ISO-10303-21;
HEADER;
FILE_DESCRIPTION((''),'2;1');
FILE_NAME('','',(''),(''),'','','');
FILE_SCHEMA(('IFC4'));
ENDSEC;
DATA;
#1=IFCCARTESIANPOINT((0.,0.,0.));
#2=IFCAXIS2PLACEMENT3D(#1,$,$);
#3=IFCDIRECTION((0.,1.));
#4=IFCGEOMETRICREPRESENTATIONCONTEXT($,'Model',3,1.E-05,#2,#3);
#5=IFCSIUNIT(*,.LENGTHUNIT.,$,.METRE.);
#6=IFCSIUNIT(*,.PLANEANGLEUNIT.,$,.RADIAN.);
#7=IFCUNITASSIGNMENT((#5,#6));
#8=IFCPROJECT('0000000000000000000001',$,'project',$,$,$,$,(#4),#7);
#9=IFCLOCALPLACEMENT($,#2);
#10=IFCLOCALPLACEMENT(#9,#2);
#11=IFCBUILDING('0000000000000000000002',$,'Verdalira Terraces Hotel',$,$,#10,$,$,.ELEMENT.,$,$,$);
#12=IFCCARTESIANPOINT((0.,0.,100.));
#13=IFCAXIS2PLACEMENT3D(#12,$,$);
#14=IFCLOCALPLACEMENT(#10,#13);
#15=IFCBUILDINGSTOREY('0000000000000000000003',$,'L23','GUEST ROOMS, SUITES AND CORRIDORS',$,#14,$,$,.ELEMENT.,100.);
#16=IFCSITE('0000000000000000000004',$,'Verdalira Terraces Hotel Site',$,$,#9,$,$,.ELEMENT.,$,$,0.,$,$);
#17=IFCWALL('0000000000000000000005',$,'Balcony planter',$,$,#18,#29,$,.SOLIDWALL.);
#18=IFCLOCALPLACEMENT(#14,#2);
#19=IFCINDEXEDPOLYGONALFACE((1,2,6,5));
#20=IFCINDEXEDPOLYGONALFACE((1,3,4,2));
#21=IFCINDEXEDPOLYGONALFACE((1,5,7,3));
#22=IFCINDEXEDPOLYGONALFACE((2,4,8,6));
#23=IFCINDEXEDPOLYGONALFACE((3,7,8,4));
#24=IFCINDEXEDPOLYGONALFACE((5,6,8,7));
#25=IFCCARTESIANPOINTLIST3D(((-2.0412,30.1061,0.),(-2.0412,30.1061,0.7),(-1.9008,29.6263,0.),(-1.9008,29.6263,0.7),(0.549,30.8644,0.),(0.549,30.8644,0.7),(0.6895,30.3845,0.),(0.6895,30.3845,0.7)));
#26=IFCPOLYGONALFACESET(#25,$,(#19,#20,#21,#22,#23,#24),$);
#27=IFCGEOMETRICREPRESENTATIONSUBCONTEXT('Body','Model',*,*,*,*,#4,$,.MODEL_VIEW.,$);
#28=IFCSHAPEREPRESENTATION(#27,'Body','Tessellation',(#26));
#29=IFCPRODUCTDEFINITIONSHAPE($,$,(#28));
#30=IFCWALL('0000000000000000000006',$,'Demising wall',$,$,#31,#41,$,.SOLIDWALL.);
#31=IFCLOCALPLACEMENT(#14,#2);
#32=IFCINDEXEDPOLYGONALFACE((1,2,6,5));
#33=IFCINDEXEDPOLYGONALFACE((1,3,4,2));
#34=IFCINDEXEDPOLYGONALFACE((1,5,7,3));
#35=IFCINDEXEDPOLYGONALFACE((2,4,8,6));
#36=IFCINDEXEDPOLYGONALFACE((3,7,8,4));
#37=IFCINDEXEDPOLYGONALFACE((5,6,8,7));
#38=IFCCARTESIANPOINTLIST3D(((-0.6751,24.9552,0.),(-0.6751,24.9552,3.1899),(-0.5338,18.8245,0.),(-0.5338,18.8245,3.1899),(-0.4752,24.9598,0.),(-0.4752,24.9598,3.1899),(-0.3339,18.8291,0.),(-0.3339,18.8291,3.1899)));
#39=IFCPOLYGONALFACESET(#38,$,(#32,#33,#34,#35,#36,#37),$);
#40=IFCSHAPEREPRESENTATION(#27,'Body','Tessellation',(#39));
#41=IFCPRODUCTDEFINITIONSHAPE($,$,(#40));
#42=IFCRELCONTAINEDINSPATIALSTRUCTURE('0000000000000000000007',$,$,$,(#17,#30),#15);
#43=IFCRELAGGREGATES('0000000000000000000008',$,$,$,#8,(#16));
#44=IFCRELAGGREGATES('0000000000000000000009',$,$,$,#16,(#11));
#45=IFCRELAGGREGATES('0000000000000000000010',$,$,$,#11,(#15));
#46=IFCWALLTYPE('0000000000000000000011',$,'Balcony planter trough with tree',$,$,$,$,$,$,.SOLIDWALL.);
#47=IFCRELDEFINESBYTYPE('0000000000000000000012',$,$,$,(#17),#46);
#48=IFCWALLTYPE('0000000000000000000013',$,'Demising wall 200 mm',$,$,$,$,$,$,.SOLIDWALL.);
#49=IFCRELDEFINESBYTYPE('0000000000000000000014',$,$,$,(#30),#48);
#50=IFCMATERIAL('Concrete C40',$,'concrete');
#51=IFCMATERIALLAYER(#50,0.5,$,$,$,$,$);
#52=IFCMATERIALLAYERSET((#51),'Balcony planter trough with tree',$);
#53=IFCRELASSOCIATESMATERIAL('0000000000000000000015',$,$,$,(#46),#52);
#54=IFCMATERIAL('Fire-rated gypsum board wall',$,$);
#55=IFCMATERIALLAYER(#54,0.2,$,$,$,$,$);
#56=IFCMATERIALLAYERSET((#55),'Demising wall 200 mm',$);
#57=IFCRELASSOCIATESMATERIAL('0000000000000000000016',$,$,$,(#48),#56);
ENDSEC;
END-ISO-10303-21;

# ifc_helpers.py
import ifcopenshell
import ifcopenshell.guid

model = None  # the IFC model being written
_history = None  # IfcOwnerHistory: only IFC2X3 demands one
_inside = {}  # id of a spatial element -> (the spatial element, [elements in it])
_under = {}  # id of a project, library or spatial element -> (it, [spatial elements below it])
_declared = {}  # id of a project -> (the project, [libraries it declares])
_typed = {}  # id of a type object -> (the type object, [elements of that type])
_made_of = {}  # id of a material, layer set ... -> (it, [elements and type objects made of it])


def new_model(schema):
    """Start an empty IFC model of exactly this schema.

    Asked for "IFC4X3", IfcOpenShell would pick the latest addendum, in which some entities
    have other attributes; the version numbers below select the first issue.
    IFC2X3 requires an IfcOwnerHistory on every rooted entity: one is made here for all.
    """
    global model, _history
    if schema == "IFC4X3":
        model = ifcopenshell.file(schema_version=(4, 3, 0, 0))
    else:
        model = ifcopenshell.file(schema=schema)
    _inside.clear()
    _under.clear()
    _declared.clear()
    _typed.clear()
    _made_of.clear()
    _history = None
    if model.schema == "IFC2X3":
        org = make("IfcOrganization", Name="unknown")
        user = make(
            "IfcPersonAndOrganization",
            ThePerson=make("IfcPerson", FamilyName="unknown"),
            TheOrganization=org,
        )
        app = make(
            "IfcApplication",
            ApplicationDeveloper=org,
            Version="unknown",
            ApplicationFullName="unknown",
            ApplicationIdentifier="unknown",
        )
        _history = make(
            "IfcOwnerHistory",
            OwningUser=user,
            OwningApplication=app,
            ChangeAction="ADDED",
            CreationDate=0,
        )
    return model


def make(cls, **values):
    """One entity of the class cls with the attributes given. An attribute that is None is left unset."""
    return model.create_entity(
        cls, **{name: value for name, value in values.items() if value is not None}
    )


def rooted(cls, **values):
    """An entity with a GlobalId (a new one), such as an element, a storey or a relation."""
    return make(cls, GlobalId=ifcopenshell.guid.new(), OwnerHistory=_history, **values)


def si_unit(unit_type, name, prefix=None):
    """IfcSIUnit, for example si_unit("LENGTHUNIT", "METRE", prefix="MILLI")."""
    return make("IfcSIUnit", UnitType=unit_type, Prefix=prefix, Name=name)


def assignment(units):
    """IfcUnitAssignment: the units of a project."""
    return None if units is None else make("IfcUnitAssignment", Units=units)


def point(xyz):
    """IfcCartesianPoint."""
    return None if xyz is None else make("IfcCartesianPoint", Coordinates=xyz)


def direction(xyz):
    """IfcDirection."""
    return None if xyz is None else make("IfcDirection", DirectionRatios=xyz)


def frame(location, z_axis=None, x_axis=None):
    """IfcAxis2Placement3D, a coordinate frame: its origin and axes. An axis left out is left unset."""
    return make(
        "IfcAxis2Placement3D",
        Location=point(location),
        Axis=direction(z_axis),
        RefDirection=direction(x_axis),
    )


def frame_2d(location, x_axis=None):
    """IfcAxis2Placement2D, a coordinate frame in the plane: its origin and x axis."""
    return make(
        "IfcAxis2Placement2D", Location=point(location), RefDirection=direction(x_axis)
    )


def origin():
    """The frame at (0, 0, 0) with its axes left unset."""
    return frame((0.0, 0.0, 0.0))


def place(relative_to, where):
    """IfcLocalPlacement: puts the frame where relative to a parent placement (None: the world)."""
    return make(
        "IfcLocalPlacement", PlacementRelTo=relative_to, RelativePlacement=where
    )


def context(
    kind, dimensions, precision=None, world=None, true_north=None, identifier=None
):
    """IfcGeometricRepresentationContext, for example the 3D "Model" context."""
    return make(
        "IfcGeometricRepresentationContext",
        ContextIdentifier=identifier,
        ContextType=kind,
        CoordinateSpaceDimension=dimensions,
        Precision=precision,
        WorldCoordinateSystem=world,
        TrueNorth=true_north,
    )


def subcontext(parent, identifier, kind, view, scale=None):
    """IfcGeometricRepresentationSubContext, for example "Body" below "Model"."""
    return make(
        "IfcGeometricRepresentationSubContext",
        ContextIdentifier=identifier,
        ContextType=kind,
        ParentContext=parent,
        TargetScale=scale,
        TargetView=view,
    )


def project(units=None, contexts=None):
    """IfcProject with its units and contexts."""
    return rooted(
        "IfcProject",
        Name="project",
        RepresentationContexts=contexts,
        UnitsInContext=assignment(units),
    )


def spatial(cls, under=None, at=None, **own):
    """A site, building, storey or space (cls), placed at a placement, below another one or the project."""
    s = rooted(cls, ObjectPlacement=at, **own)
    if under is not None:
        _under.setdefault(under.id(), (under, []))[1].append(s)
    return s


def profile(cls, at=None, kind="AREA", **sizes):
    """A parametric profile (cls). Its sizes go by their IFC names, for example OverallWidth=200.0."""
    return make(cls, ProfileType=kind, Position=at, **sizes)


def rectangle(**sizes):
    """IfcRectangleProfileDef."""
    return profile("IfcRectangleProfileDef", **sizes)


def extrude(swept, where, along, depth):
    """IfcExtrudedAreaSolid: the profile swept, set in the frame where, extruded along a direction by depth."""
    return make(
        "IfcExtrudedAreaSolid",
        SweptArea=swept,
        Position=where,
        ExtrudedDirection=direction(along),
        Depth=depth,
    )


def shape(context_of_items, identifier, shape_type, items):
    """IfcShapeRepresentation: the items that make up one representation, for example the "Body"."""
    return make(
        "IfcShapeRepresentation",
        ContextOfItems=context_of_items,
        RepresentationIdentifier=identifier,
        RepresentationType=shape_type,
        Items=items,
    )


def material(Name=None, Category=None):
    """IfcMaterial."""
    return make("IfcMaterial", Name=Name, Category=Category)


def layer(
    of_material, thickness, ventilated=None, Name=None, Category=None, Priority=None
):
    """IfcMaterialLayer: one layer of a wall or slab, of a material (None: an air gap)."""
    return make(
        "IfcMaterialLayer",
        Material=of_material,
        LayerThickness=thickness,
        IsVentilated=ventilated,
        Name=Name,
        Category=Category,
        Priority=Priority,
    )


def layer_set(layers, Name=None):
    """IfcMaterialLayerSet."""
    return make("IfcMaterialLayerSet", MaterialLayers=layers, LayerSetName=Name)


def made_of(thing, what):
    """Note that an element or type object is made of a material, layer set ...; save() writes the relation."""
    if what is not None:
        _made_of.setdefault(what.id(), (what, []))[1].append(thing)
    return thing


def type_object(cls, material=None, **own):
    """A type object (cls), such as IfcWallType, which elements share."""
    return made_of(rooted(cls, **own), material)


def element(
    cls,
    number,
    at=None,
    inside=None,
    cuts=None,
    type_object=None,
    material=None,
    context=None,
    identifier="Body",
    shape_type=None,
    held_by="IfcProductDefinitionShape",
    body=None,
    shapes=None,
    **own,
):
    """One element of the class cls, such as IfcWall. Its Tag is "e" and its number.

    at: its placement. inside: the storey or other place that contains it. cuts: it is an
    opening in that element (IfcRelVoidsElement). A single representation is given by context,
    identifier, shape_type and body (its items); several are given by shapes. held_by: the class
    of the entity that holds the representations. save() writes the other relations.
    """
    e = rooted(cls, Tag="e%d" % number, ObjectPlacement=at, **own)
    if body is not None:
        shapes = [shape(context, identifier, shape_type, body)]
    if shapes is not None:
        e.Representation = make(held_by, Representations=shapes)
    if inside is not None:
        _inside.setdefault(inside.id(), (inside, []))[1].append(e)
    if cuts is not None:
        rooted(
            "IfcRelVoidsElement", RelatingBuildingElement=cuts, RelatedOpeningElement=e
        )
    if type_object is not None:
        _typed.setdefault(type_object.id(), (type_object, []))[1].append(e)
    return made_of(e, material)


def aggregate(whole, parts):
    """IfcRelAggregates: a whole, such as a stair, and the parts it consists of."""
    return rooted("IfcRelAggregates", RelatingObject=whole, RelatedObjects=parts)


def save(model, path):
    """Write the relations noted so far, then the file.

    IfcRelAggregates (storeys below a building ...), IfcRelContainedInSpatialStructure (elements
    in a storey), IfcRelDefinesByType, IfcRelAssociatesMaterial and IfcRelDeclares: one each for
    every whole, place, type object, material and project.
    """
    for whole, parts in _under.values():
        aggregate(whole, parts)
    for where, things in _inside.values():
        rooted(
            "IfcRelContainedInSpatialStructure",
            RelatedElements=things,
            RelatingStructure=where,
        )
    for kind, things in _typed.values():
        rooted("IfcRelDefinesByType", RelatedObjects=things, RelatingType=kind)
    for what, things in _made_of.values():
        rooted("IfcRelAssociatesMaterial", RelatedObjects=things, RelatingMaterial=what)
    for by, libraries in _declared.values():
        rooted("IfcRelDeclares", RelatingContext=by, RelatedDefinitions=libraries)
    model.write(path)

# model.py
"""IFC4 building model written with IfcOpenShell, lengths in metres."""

from ifc_helpers import new_model, si_unit, direction, frame, frame_2d, origin, place, context, subcontext, project, spatial, rectangle, extrude, material, layer, layer_set, type_object, element, save


model = new_model("IFC4")

# Units and contexts
model_context = context("Model", 3, precision=1e-05, world=origin(), true_north=direction((0.0, 1.0)))
body_context = subcontext(model_context, "Body", "Model", "MODEL_VIEW")
ifc_project = project(units=[si_unit("LENGTHUNIT", "METRE"), si_unit("PLANEANGLEUNIT", "RADIAN")], contexts=[model_context])

# Site, building, storey
site_placement = place(None, origin())
site = spatial("IfcSite", under=ifc_project, at=site_placement, Name="Verdalira Terraces Hotel Site", CompositionType="ELEMENT", RefElevation=0.0)
building_placement = place(site_placement, origin())
building = spatial("IfcBuilding", under=site, at=building_placement, Name="Verdalira Terraces Hotel", CompositionType="ELEMENT")
storey_placement = place(building_placement, frame((0.0, 0.0, 100.0)))
storey = spatial("IfcBuildingStorey", under=building, at=storey_placement, Name="L23", Description="GUEST ROOMS, SUITES AND CORRIDORS", CompositionType="ELEMENT", Elevation=100.0)

# Walls
ifc_material_1 = material(Name="Concrete C40", Category="concrete")
ifc_layer_1 = layer(ifc_material_1, 0.5)
ifc_layer_set_1 = layer_set([ifc_layer_1], Name="Balcony planter trough with tree")
wall_type_1 = type_object("IfcWallType", Name="Balcony planter trough with tree", PredefinedType="SOLIDWALL", material=ifc_layer_set_1)
wall_1_placement = place(storey_placement, frame((0.6194, 30.6245, 0.0), z_axis=(0.0, 0.0, 1.0), x_axis=(-0.959722, -0.280952, 0.0)))
element("IfcWall", 1, at=wall_1_placement, inside=storey, type_object=wall_type_1, Name="Balcony planter", PredefinedType="SOLIDWALL", context=body_context, shape_type="SweptSolid", body=[
    extrude(rectangle(XDim=2.699, YDim=0.5, at=frame_2d((1.3496, 0.0))), origin(), (0.0, 0.0, 1.0), 0.7),
])
ifc_material_2 = material(Name="Fire-rated gypsum board wall")
ifc_layer_2 = layer(ifc_material_2, 0.2)
ifc_layer_set_2 = layer_set([ifc_layer_2], Name="Demising wall 200 mm")
wall_type_2 = type_object("IfcWallType", Name="Demising wall 200 mm", PredefinedType="SOLIDWALL", material=ifc_layer_set_2)
wall_2_placement = place(storey_placement, frame((-0.5752, 24.9575, 0.0), z_axis=(0.0, 0.0, 1.0), x_axis=(0.023051, -0.999734, 0.0)))
element("IfcWall", 2, at=wall_2_placement, inside=storey, type_object=wall_type_2, Name="Demising wall", PredefinedType="SOLIDWALL", context=body_context, shape_type="SweptSolid", body=[
    extrude(rectangle(XDim=6.1323, YDim=0.2, at=frame_2d((3.0662, 0.0))), origin(), (0.0, 0.0, 1.0), 3.1899),
])

save(model, "model.ifc")
